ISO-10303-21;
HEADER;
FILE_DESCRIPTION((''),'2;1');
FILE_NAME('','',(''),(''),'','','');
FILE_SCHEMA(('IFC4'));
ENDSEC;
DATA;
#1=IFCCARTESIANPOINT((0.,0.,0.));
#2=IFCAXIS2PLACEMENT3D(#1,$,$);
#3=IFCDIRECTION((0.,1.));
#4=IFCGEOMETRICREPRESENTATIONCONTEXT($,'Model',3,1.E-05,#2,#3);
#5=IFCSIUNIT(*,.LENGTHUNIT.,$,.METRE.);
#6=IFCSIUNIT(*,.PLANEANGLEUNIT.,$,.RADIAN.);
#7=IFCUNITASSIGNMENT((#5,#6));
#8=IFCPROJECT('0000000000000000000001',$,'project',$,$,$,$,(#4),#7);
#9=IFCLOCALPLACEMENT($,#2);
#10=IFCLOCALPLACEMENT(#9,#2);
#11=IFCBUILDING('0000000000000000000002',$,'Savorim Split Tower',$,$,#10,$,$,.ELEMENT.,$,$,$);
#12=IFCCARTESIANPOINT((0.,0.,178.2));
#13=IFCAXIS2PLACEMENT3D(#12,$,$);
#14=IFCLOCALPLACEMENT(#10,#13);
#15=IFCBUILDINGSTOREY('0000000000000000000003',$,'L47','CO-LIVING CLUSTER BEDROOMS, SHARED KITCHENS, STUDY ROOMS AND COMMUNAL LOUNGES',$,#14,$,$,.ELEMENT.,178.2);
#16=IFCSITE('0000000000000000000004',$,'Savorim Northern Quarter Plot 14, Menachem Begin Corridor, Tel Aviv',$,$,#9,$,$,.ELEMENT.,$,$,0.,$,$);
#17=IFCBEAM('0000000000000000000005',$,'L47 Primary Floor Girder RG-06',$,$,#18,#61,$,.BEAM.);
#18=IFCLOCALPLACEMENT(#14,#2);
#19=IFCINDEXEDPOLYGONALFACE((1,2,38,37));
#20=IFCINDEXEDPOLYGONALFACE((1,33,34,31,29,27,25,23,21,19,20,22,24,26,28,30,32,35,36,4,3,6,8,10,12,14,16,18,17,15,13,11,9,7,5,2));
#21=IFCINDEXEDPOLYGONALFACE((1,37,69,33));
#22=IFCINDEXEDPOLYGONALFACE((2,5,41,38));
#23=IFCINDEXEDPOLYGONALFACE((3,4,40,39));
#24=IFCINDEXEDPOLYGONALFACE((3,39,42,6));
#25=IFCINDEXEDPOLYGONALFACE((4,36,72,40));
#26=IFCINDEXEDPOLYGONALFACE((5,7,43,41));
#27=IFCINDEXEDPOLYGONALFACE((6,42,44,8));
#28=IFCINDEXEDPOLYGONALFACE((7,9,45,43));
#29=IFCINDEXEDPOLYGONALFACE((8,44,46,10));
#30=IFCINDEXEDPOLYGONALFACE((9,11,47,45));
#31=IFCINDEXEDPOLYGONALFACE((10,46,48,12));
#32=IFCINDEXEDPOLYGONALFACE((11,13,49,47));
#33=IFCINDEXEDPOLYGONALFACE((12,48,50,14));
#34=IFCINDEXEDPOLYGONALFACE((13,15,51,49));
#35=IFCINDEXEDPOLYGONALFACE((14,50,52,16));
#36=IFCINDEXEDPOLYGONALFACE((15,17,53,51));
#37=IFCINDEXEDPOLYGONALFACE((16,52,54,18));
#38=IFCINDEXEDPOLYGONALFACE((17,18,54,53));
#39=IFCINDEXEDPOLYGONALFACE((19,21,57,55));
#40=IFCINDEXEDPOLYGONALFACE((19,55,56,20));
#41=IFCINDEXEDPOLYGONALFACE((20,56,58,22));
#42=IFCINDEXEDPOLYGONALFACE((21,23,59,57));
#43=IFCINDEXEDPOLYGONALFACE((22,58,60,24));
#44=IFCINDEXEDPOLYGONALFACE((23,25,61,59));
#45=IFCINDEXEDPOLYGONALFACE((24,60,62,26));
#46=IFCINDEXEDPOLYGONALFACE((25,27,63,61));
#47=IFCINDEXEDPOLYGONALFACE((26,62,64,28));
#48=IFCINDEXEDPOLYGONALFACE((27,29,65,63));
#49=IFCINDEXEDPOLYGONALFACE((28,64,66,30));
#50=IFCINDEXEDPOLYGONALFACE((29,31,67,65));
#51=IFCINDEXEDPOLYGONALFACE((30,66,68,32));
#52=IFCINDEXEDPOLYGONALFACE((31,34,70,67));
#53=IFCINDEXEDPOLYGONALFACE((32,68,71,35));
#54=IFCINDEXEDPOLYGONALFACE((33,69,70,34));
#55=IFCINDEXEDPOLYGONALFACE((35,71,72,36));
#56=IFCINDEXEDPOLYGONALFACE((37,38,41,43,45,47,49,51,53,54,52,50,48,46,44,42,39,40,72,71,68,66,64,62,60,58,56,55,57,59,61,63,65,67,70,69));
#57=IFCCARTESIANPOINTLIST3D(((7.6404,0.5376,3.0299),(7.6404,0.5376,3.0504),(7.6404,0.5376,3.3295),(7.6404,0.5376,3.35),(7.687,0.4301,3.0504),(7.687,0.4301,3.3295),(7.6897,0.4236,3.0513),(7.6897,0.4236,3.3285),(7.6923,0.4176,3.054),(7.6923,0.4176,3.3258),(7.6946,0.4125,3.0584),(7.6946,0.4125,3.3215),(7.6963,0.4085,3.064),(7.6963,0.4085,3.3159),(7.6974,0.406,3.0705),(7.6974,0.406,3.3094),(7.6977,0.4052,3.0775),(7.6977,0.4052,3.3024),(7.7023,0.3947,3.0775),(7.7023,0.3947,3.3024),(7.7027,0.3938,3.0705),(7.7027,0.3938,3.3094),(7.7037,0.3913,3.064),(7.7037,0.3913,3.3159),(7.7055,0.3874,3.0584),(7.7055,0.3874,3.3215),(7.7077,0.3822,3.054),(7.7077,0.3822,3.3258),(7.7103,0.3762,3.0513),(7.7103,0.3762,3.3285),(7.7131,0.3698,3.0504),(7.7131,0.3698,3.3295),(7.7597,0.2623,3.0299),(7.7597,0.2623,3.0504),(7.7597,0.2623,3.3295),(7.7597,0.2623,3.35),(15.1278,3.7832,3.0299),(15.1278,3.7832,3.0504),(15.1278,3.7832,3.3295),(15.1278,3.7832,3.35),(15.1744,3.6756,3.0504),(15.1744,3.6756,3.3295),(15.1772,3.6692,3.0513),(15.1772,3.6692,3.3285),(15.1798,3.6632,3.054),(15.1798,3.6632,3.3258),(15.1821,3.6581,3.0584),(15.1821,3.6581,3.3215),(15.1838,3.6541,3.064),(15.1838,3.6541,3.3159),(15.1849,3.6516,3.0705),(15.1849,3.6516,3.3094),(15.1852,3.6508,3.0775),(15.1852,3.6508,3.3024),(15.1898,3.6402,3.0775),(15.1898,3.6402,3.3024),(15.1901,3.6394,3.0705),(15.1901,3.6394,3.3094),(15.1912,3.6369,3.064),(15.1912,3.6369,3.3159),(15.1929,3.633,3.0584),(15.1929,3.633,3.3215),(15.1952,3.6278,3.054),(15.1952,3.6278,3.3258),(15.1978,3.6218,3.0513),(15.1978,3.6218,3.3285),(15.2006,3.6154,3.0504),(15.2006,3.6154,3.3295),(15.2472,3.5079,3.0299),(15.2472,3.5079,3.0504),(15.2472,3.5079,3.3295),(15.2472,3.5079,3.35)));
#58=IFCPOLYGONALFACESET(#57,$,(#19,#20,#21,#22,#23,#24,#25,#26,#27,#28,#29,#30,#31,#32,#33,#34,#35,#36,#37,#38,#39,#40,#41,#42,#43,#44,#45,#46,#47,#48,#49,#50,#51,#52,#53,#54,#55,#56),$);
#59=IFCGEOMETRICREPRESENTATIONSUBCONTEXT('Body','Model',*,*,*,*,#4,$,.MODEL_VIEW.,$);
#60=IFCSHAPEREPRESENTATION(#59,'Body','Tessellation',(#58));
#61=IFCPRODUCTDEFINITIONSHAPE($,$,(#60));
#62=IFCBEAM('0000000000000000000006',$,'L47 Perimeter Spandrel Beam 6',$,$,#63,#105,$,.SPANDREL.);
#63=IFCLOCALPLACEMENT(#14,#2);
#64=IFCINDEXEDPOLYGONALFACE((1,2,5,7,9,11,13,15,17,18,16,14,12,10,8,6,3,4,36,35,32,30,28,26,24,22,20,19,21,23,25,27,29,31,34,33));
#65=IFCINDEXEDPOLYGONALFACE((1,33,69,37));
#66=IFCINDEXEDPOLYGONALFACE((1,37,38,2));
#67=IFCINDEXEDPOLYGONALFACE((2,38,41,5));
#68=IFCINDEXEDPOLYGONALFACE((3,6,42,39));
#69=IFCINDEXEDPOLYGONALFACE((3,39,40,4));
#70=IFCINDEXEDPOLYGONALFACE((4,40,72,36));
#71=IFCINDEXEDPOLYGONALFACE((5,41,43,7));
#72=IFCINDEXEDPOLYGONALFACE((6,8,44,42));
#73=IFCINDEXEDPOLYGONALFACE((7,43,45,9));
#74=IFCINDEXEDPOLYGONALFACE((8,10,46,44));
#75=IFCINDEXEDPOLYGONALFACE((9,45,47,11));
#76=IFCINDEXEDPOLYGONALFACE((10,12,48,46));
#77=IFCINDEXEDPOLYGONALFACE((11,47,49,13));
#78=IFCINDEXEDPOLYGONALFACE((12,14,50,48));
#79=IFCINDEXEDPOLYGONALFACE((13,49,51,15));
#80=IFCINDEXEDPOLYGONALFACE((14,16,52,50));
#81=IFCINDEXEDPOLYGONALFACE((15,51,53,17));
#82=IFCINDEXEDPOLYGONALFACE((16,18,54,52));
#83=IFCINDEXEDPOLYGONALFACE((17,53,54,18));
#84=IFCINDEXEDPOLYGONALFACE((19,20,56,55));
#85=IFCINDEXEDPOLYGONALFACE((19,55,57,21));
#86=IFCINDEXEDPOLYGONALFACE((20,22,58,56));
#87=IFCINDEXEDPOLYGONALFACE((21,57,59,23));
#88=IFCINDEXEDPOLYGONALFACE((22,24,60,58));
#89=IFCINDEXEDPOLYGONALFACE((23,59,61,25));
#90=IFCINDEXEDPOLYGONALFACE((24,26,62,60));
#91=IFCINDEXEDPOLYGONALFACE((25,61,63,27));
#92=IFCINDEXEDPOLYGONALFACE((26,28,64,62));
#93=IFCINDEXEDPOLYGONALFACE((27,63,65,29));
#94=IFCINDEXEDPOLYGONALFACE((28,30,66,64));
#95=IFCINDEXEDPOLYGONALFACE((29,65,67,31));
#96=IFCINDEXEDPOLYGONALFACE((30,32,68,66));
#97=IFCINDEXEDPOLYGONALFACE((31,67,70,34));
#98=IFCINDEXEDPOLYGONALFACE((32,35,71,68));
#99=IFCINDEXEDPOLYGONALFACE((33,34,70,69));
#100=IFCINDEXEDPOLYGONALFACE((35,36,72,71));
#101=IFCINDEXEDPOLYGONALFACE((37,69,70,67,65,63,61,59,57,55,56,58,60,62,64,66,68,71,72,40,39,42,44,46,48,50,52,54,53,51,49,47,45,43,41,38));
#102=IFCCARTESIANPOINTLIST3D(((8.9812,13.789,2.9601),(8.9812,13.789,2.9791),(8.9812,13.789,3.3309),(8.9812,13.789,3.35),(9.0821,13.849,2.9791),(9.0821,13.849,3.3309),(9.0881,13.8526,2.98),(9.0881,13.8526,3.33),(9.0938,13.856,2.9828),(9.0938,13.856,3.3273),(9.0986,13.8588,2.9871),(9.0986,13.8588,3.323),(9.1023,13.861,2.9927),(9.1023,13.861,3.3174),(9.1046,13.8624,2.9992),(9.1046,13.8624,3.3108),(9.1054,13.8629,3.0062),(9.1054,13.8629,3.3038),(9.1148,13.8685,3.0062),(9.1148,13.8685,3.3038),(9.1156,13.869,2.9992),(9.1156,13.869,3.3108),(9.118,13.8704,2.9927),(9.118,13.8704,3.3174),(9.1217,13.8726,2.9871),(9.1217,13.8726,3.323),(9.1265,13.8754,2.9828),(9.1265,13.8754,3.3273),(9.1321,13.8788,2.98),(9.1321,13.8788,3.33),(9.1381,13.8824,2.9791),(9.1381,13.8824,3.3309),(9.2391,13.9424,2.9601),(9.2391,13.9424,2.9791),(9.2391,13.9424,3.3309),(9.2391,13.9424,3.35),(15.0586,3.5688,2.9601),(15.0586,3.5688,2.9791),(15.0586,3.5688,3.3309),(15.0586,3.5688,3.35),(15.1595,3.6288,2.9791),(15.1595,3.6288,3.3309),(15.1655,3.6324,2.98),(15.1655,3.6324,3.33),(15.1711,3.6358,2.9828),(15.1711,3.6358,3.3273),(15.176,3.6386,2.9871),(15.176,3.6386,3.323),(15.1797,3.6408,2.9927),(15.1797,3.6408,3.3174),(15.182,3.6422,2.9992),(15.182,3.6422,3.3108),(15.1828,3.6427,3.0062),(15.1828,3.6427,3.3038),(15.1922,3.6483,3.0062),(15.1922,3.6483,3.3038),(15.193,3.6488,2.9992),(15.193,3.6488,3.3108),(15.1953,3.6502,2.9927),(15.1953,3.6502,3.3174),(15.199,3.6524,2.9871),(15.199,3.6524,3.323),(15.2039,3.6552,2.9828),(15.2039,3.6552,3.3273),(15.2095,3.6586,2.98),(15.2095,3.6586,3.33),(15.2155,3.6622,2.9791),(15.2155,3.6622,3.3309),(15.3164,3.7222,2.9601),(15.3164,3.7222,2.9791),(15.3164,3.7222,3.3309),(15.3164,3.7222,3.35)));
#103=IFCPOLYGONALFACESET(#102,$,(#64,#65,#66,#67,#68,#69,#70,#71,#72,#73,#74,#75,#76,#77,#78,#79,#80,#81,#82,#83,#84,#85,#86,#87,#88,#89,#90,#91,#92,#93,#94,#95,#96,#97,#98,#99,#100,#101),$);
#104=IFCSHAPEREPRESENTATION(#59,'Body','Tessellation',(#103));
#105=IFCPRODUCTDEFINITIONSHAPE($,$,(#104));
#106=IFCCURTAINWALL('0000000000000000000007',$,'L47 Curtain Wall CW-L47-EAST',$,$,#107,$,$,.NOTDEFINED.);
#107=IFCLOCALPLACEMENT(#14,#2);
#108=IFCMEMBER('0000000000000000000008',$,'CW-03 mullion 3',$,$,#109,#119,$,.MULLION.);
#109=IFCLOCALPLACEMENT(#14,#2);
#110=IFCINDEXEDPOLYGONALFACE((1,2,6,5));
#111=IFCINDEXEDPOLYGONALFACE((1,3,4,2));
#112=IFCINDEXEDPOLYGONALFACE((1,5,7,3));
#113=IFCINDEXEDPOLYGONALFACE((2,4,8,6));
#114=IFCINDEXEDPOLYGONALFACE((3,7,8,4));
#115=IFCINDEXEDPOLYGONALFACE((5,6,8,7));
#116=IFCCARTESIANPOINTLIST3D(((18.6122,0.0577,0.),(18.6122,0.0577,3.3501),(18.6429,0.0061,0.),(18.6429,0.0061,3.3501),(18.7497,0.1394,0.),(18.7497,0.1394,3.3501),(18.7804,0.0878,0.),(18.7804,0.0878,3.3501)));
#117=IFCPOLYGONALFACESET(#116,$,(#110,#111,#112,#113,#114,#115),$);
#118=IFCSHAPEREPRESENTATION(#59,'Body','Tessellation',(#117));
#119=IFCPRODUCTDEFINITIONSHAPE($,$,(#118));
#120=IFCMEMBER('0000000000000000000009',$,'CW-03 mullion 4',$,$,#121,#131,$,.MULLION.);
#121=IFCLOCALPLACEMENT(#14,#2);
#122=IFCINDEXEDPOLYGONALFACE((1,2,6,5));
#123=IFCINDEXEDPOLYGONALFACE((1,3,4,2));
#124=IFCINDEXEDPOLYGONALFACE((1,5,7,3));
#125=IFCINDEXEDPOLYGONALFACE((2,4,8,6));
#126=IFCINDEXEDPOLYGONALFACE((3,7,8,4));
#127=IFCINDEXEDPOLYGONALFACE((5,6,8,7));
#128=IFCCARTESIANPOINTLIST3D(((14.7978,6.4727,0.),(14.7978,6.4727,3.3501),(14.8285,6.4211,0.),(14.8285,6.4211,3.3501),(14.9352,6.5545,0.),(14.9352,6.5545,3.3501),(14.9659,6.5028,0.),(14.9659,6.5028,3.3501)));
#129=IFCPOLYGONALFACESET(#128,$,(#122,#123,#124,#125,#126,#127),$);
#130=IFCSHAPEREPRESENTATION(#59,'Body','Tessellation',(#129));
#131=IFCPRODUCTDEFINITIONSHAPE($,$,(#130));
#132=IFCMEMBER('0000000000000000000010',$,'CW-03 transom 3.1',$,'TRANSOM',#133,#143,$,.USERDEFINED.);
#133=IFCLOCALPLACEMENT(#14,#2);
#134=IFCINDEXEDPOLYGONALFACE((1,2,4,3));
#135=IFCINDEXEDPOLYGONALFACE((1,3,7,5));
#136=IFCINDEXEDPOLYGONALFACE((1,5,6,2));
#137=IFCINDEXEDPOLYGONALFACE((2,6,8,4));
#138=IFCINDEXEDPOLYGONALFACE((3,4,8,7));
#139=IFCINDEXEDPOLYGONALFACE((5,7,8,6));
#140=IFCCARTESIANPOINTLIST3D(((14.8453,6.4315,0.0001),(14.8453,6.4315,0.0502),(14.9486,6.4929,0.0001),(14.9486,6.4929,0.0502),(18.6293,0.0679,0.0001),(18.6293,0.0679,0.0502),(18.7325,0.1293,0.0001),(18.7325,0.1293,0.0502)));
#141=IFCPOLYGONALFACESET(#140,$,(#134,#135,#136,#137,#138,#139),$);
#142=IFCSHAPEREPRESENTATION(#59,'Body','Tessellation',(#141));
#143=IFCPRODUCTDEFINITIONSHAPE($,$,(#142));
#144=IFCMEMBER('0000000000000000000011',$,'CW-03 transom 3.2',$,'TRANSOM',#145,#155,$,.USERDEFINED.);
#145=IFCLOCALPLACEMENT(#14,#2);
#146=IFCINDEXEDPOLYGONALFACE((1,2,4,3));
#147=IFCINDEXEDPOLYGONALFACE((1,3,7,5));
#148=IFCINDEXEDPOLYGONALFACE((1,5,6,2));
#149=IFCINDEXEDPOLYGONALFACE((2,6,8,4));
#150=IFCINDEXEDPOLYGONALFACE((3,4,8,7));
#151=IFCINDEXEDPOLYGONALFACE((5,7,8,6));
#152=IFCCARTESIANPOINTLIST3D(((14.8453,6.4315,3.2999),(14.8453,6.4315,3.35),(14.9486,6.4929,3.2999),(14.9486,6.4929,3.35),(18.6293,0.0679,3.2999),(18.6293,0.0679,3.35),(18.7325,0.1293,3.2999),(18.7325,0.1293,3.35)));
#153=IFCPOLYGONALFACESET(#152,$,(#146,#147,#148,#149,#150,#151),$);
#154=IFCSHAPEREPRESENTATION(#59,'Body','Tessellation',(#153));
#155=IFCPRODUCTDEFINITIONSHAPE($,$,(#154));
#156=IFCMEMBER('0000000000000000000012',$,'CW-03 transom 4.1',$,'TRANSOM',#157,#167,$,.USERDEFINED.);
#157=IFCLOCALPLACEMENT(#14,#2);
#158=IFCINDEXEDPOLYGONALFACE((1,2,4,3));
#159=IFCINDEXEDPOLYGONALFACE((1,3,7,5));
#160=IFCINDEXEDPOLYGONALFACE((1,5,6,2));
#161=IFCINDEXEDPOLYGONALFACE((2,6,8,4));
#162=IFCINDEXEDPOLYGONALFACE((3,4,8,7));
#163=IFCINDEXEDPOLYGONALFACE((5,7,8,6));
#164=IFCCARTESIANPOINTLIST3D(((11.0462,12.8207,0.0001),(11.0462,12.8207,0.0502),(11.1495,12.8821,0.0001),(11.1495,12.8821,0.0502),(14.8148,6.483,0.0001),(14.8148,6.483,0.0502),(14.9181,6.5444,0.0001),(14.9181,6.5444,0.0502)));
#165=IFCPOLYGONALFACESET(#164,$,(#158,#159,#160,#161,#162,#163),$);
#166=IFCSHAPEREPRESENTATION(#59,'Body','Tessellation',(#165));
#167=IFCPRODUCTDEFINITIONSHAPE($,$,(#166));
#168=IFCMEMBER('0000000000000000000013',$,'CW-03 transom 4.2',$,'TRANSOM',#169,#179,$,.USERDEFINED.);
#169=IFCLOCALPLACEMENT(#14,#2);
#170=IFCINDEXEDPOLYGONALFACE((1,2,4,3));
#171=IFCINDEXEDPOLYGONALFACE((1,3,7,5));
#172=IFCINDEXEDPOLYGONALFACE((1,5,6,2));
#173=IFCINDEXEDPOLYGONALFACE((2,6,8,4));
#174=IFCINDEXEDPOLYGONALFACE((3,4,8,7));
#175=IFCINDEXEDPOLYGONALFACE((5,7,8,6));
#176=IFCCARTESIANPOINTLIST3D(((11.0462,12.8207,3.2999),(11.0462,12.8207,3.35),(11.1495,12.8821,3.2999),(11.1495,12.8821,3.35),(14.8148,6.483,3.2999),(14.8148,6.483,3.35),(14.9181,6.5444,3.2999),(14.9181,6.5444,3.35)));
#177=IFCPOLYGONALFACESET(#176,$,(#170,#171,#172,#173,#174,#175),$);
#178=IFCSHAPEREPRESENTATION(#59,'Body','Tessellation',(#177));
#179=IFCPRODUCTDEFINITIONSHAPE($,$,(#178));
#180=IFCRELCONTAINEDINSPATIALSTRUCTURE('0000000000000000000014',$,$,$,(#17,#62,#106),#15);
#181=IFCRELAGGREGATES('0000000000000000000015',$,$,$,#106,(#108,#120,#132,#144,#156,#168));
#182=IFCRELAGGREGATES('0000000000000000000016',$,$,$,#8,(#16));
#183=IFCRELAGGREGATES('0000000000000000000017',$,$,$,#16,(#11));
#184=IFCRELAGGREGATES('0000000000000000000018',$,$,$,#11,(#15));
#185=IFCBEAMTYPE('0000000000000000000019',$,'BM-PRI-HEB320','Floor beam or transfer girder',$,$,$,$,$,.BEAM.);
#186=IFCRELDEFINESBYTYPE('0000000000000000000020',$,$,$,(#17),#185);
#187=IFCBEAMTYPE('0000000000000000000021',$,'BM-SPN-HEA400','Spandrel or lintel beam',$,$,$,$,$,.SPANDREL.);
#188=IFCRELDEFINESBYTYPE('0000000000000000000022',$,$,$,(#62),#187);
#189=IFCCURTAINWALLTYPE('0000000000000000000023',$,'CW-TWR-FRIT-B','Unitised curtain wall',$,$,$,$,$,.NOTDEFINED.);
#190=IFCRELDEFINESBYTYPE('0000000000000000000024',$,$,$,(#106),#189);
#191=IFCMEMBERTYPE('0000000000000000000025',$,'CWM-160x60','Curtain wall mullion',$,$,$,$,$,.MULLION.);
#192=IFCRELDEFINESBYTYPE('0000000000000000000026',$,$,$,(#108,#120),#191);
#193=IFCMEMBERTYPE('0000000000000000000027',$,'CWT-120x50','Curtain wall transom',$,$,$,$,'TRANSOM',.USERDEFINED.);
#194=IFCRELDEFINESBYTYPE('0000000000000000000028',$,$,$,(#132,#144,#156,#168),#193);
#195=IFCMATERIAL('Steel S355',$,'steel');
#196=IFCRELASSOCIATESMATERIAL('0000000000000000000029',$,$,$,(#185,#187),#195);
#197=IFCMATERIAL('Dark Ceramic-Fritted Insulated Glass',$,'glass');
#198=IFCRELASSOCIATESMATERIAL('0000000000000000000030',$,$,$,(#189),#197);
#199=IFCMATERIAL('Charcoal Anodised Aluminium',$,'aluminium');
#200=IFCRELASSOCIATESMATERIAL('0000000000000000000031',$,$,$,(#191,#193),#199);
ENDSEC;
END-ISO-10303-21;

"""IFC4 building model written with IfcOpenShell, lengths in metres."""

from ifc_helpers import new_model, si_unit, direction, frame, origin, origin_2d, place, context, subcontext, project, spatial, rectangle, i_section, extrude, material, material_profile, profile_set, type_object, element, aggregate, save


model = new_model("IFC4")

# Units and contexts
model_context = context("Model", 3, precision=1e-05, world=origin(), true_north=direction((0.0, 1.0)))
body_context = subcontext(model_context, "Body", "Model", "MODEL_VIEW")
ifc_project = project(units=[si_unit("LENGTHUNIT", "METRE"), si_unit("PLANEANGLEUNIT", "RADIAN")], contexts=[model_context])

# Site, building, storey
site_placement = place(None, origin())
site = spatial("IfcSite", under=ifc_project, at=site_placement, Name="Savorim Northern Quarter Plot 14, Menachem Begin Corridor, Tel Aviv", CompositionType="ELEMENT", RefElevation=0.0)
building_placement = place(site_placement, origin())
building = spatial("IfcBuilding", under=site, at=building_placement, Name="Savorim Split Tower", CompositionType="ELEMENT")
storey_placement = place(building_placement, frame((0.0, 0.0, 178.2)))
storey = spatial("IfcBuildingStorey", under=building, at=storey_placement, Name="L47", Description="CO-LIVING CLUSTER BEDROOMS, SHARED KITCHENS, STUDY ROOMS AND COMMUNAL LOUNGES", CompositionType="ELEMENT", Elevation=178.2)

# Beams
ifc_material_1 = material(Name="Steel S355", Category="steel")
ifc_material_profile_1 = material_profile(ifc_material_1, i_section(OverallWidth=0.3, OverallDepth=0.3201, WebThickness=0.0115, FlangeThickness=0.0205, FilletRadius=0.0271, at=origin_2d()), Name="HEB 320")
ifc_profile_set_1 = profile_set([ifc_material_profile_1], Name="Steel S355")
beam_type_1 = type_object("IfcBeamType", Name="BM-PRI-HEB320", Description="Floor beam or transfer girder", PredefinedType="BEAM", material=ifc_profile_set_1)
beam_1_placement = place(storey_placement, frame((15.1875, 3.6455, 3.1899), z_axis=(-0.917511, -0.397711, 0.0), x_axis=(0.397711, -0.917511, 0.0)))
element("IfcBeam", 1, at=beam_1_placement, inside=storey, type_object=beam_type_1, Name="L47 Primary Floor Girder RG-06", PredefinedType="BEAM", context=body_context, shape_type="SweptSolid", body=[
    extrude(i_section(OverallWidth=0.3, OverallDepth=0.3201, WebThickness=0.0115, FlangeThickness=0.0205, FilletRadius=0.0271, at=origin_2d()), origin(), (0.0, 0.0, 1.0), 8.1606),
])
ifc_material_profile_2 = material_profile(ifc_material_1, i_section(OverallWidth=0.3, OverallDepth=0.3899, WebThickness=0.011, FlangeThickness=0.019, FilletRadius=0.0271, at=origin_2d()), Name="HEA 400")
ifc_profile_set_2 = profile_set([ifc_material_profile_2], Name="Steel S355")
beam_type_2 = type_object("IfcBeamType", Name="BM-SPN-HEA400", Description="Spandrel or lintel beam", PredefinedType="SPANDREL", material=ifc_profile_set_2)
beam_2_placement = place(storey_placement, frame((15.1875, 3.6455, 3.155), z_axis=(-0.511107, 0.859517, 0.0), x_axis=(-0.859517, -0.511107, 0.0)))
element("IfcBeam", 2, at=beam_2_placement, inside=storey, type_object=beam_type_2, Name="L47 Perimeter Spandrel Beam 6", PredefinedType="SPANDREL", context=body_context, shape_type="SweptSolid", body=[
    extrude(i_section(OverallWidth=0.3, OverallDepth=0.3899, WebThickness=0.011, FlangeThickness=0.019, FilletRadius=0.0271, at=origin_2d()), origin(), (0.0, 0.0, 1.0), 11.8906),
])

# Curtain wall, members
ifc_material_2 = material(Name="Dark Ceramic-Fritted Insulated Glass", Category="glass")
curtain_wall_type = type_object("IfcCurtainWallType", Name="CW-TWR-FRIT-B", Description="Unitised curtain wall", PredefinedType="NOTDEFINED", material=ifc_material_2)
curtain_wall_placement = place(storey_placement, origin())
curtain_wall = element("IfcCurtainWall", 3, at=curtain_wall_placement, inside=storey, type_object=curtain_wall_type, Name="L47 Curtain Wall CW-L47-EAST", PredefinedType="NOTDEFINED")
ifc_material_3 = material(Name="Charcoal Anodised Aluminium", Category="aluminium")
ifc_material_profile_3 = material_profile(ifc_material_3, rectangle(XDim=0.1599, YDim=0.0601, at=origin_2d()), Name="ALU-M 160x60")
ifc_profile_set_3 = profile_set([ifc_material_profile_3], Name="Charcoal Anodised Aluminium")
member_type_1 = type_object("IfcMemberType", Name="CWM-160x60", Description="Curtain wall mullion", PredefinedType="MULLION", material=ifc_profile_set_3)
member_1_placement = place(storey_placement, frame((18.6963, 0.0728, 0.0), z_axis=(0.0, 0.0, 1.0), x_axis=(-0.859525, -0.511094, 0.0)))
member_1 = element("IfcMember", 4, at=member_1_placement, type_object=member_type_1, Name="CW-03 mullion 3", PredefinedType="MULLION", context=body_context, shape_type="SweptSolid", body=[
    extrude(rectangle(XDim=0.1599, YDim=0.0601, at=origin_2d()), origin(), (0.0, 0.0, 1.0), 3.3501),
])
member_2_placement = place(storey_placement, frame((14.8818, 6.4878, 0.0), z_axis=(0.0, 0.0, 1.0), x_axis=(-0.859525, -0.511094, 0.0)))
member_2 = element("IfcMember", 5, at=member_2_placement, type_object=member_type_1, Name="CW-03 mullion 4", PredefinedType="MULLION", context=body_context, shape_type="SweptSolid", body=[
    extrude(rectangle(XDim=0.1599, YDim=0.0601, at=origin_2d()), origin(), (0.0, 0.0, 1.0), 3.3501),
])
ifc_material_profile_4 = material_profile(ifc_material_3, rectangle(XDim=0.1201, YDim=0.05, at=origin_2d()), Name="ALU-T 120x50")
ifc_profile_set_4 = profile_set([ifc_material_profile_4], Name="Charcoal Anodised Aluminium")
member_type_2 = type_object("IfcMemberType", Name="CWT-120x50", Description="Curtain wall transom", ElementType="TRANSOM", PredefinedType="USERDEFINED", material=ifc_profile_set_4)
member_3_placement = place(storey_placement, frame((18.6809, 0.0986, 0.0251), z_axis=(-0.511097, 0.859523, 0.0), x_axis=(-0.859523, -0.511097, 0.0)))
member_3 = element("IfcMember", 6, at=member_3_placement, type_object=member_type_2, Name="CW-03 transom 3.1", ObjectType="TRANSOM", PredefinedType="USERDEFINED", context=body_context, shape_type="SweptSolid", body=[
    extrude(rectangle(XDim=0.1201, YDim=0.05, at=origin_2d()), origin(), (0.0, 0.0, 1.0), 7.4036),
])
member_4_placement = place(storey_placement, frame((18.6809, 0.0986, 3.325), z_axis=(-0.511097, 0.859523, 0.0), x_axis=(-0.859523, -0.511097, 0.0)))
member_4 = element("IfcMember", 7, at=member_4_placement, type_object=member_type_2, Name="CW-03 transom 3.2", ObjectType="TRANSOM", PredefinedType="USERDEFINED", context=body_context, shape_type="SweptSolid", body=[
    extrude(rectangle(XDim=0.1201, YDim=0.05, at=origin_2d()), origin(), (0.0, 0.0, 1.0), 7.4036),
])
member_5_placement = place(storey_placement, frame((14.8665, 6.5137, 0.0251), z_axis=(-0.511098, 0.859523, 0.0), x_axis=(-0.859523, -0.511098, 0.0)))
member_5 = element("IfcMember", 8, at=member_5_placement, type_object=member_type_2, Name="CW-03 transom 4.1", ObjectType="TRANSOM", PredefinedType="USERDEFINED", context=body_context, shape_type="SweptSolid", body=[
    extrude(rectangle(XDim=0.1201, YDim=0.05, at=origin_2d()), origin(), (0.0, 0.0, 1.0), 7.3735),
])
member_6_placement = place(storey_placement, frame((14.8665, 6.5137, 3.325), z_axis=(-0.511098, 0.859523, 0.0), x_axis=(-0.859523, -0.511098, 0.0)))
member_6 = element("IfcMember", 9, at=member_6_placement, type_object=member_type_2, Name="CW-03 transom 4.2", ObjectType="TRANSOM", PredefinedType="USERDEFINED", context=body_context, shape_type="SweptSolid", body=[
    extrude(rectangle(XDim=0.1201, YDim=0.05, at=origin_2d()), origin(), (0.0, 0.0, 1.0), 7.3735),
])
aggregate(curtain_wall, [member_1, member_2, member_3, member_4, member_5, member_6])

save(model, "model.ifc")
